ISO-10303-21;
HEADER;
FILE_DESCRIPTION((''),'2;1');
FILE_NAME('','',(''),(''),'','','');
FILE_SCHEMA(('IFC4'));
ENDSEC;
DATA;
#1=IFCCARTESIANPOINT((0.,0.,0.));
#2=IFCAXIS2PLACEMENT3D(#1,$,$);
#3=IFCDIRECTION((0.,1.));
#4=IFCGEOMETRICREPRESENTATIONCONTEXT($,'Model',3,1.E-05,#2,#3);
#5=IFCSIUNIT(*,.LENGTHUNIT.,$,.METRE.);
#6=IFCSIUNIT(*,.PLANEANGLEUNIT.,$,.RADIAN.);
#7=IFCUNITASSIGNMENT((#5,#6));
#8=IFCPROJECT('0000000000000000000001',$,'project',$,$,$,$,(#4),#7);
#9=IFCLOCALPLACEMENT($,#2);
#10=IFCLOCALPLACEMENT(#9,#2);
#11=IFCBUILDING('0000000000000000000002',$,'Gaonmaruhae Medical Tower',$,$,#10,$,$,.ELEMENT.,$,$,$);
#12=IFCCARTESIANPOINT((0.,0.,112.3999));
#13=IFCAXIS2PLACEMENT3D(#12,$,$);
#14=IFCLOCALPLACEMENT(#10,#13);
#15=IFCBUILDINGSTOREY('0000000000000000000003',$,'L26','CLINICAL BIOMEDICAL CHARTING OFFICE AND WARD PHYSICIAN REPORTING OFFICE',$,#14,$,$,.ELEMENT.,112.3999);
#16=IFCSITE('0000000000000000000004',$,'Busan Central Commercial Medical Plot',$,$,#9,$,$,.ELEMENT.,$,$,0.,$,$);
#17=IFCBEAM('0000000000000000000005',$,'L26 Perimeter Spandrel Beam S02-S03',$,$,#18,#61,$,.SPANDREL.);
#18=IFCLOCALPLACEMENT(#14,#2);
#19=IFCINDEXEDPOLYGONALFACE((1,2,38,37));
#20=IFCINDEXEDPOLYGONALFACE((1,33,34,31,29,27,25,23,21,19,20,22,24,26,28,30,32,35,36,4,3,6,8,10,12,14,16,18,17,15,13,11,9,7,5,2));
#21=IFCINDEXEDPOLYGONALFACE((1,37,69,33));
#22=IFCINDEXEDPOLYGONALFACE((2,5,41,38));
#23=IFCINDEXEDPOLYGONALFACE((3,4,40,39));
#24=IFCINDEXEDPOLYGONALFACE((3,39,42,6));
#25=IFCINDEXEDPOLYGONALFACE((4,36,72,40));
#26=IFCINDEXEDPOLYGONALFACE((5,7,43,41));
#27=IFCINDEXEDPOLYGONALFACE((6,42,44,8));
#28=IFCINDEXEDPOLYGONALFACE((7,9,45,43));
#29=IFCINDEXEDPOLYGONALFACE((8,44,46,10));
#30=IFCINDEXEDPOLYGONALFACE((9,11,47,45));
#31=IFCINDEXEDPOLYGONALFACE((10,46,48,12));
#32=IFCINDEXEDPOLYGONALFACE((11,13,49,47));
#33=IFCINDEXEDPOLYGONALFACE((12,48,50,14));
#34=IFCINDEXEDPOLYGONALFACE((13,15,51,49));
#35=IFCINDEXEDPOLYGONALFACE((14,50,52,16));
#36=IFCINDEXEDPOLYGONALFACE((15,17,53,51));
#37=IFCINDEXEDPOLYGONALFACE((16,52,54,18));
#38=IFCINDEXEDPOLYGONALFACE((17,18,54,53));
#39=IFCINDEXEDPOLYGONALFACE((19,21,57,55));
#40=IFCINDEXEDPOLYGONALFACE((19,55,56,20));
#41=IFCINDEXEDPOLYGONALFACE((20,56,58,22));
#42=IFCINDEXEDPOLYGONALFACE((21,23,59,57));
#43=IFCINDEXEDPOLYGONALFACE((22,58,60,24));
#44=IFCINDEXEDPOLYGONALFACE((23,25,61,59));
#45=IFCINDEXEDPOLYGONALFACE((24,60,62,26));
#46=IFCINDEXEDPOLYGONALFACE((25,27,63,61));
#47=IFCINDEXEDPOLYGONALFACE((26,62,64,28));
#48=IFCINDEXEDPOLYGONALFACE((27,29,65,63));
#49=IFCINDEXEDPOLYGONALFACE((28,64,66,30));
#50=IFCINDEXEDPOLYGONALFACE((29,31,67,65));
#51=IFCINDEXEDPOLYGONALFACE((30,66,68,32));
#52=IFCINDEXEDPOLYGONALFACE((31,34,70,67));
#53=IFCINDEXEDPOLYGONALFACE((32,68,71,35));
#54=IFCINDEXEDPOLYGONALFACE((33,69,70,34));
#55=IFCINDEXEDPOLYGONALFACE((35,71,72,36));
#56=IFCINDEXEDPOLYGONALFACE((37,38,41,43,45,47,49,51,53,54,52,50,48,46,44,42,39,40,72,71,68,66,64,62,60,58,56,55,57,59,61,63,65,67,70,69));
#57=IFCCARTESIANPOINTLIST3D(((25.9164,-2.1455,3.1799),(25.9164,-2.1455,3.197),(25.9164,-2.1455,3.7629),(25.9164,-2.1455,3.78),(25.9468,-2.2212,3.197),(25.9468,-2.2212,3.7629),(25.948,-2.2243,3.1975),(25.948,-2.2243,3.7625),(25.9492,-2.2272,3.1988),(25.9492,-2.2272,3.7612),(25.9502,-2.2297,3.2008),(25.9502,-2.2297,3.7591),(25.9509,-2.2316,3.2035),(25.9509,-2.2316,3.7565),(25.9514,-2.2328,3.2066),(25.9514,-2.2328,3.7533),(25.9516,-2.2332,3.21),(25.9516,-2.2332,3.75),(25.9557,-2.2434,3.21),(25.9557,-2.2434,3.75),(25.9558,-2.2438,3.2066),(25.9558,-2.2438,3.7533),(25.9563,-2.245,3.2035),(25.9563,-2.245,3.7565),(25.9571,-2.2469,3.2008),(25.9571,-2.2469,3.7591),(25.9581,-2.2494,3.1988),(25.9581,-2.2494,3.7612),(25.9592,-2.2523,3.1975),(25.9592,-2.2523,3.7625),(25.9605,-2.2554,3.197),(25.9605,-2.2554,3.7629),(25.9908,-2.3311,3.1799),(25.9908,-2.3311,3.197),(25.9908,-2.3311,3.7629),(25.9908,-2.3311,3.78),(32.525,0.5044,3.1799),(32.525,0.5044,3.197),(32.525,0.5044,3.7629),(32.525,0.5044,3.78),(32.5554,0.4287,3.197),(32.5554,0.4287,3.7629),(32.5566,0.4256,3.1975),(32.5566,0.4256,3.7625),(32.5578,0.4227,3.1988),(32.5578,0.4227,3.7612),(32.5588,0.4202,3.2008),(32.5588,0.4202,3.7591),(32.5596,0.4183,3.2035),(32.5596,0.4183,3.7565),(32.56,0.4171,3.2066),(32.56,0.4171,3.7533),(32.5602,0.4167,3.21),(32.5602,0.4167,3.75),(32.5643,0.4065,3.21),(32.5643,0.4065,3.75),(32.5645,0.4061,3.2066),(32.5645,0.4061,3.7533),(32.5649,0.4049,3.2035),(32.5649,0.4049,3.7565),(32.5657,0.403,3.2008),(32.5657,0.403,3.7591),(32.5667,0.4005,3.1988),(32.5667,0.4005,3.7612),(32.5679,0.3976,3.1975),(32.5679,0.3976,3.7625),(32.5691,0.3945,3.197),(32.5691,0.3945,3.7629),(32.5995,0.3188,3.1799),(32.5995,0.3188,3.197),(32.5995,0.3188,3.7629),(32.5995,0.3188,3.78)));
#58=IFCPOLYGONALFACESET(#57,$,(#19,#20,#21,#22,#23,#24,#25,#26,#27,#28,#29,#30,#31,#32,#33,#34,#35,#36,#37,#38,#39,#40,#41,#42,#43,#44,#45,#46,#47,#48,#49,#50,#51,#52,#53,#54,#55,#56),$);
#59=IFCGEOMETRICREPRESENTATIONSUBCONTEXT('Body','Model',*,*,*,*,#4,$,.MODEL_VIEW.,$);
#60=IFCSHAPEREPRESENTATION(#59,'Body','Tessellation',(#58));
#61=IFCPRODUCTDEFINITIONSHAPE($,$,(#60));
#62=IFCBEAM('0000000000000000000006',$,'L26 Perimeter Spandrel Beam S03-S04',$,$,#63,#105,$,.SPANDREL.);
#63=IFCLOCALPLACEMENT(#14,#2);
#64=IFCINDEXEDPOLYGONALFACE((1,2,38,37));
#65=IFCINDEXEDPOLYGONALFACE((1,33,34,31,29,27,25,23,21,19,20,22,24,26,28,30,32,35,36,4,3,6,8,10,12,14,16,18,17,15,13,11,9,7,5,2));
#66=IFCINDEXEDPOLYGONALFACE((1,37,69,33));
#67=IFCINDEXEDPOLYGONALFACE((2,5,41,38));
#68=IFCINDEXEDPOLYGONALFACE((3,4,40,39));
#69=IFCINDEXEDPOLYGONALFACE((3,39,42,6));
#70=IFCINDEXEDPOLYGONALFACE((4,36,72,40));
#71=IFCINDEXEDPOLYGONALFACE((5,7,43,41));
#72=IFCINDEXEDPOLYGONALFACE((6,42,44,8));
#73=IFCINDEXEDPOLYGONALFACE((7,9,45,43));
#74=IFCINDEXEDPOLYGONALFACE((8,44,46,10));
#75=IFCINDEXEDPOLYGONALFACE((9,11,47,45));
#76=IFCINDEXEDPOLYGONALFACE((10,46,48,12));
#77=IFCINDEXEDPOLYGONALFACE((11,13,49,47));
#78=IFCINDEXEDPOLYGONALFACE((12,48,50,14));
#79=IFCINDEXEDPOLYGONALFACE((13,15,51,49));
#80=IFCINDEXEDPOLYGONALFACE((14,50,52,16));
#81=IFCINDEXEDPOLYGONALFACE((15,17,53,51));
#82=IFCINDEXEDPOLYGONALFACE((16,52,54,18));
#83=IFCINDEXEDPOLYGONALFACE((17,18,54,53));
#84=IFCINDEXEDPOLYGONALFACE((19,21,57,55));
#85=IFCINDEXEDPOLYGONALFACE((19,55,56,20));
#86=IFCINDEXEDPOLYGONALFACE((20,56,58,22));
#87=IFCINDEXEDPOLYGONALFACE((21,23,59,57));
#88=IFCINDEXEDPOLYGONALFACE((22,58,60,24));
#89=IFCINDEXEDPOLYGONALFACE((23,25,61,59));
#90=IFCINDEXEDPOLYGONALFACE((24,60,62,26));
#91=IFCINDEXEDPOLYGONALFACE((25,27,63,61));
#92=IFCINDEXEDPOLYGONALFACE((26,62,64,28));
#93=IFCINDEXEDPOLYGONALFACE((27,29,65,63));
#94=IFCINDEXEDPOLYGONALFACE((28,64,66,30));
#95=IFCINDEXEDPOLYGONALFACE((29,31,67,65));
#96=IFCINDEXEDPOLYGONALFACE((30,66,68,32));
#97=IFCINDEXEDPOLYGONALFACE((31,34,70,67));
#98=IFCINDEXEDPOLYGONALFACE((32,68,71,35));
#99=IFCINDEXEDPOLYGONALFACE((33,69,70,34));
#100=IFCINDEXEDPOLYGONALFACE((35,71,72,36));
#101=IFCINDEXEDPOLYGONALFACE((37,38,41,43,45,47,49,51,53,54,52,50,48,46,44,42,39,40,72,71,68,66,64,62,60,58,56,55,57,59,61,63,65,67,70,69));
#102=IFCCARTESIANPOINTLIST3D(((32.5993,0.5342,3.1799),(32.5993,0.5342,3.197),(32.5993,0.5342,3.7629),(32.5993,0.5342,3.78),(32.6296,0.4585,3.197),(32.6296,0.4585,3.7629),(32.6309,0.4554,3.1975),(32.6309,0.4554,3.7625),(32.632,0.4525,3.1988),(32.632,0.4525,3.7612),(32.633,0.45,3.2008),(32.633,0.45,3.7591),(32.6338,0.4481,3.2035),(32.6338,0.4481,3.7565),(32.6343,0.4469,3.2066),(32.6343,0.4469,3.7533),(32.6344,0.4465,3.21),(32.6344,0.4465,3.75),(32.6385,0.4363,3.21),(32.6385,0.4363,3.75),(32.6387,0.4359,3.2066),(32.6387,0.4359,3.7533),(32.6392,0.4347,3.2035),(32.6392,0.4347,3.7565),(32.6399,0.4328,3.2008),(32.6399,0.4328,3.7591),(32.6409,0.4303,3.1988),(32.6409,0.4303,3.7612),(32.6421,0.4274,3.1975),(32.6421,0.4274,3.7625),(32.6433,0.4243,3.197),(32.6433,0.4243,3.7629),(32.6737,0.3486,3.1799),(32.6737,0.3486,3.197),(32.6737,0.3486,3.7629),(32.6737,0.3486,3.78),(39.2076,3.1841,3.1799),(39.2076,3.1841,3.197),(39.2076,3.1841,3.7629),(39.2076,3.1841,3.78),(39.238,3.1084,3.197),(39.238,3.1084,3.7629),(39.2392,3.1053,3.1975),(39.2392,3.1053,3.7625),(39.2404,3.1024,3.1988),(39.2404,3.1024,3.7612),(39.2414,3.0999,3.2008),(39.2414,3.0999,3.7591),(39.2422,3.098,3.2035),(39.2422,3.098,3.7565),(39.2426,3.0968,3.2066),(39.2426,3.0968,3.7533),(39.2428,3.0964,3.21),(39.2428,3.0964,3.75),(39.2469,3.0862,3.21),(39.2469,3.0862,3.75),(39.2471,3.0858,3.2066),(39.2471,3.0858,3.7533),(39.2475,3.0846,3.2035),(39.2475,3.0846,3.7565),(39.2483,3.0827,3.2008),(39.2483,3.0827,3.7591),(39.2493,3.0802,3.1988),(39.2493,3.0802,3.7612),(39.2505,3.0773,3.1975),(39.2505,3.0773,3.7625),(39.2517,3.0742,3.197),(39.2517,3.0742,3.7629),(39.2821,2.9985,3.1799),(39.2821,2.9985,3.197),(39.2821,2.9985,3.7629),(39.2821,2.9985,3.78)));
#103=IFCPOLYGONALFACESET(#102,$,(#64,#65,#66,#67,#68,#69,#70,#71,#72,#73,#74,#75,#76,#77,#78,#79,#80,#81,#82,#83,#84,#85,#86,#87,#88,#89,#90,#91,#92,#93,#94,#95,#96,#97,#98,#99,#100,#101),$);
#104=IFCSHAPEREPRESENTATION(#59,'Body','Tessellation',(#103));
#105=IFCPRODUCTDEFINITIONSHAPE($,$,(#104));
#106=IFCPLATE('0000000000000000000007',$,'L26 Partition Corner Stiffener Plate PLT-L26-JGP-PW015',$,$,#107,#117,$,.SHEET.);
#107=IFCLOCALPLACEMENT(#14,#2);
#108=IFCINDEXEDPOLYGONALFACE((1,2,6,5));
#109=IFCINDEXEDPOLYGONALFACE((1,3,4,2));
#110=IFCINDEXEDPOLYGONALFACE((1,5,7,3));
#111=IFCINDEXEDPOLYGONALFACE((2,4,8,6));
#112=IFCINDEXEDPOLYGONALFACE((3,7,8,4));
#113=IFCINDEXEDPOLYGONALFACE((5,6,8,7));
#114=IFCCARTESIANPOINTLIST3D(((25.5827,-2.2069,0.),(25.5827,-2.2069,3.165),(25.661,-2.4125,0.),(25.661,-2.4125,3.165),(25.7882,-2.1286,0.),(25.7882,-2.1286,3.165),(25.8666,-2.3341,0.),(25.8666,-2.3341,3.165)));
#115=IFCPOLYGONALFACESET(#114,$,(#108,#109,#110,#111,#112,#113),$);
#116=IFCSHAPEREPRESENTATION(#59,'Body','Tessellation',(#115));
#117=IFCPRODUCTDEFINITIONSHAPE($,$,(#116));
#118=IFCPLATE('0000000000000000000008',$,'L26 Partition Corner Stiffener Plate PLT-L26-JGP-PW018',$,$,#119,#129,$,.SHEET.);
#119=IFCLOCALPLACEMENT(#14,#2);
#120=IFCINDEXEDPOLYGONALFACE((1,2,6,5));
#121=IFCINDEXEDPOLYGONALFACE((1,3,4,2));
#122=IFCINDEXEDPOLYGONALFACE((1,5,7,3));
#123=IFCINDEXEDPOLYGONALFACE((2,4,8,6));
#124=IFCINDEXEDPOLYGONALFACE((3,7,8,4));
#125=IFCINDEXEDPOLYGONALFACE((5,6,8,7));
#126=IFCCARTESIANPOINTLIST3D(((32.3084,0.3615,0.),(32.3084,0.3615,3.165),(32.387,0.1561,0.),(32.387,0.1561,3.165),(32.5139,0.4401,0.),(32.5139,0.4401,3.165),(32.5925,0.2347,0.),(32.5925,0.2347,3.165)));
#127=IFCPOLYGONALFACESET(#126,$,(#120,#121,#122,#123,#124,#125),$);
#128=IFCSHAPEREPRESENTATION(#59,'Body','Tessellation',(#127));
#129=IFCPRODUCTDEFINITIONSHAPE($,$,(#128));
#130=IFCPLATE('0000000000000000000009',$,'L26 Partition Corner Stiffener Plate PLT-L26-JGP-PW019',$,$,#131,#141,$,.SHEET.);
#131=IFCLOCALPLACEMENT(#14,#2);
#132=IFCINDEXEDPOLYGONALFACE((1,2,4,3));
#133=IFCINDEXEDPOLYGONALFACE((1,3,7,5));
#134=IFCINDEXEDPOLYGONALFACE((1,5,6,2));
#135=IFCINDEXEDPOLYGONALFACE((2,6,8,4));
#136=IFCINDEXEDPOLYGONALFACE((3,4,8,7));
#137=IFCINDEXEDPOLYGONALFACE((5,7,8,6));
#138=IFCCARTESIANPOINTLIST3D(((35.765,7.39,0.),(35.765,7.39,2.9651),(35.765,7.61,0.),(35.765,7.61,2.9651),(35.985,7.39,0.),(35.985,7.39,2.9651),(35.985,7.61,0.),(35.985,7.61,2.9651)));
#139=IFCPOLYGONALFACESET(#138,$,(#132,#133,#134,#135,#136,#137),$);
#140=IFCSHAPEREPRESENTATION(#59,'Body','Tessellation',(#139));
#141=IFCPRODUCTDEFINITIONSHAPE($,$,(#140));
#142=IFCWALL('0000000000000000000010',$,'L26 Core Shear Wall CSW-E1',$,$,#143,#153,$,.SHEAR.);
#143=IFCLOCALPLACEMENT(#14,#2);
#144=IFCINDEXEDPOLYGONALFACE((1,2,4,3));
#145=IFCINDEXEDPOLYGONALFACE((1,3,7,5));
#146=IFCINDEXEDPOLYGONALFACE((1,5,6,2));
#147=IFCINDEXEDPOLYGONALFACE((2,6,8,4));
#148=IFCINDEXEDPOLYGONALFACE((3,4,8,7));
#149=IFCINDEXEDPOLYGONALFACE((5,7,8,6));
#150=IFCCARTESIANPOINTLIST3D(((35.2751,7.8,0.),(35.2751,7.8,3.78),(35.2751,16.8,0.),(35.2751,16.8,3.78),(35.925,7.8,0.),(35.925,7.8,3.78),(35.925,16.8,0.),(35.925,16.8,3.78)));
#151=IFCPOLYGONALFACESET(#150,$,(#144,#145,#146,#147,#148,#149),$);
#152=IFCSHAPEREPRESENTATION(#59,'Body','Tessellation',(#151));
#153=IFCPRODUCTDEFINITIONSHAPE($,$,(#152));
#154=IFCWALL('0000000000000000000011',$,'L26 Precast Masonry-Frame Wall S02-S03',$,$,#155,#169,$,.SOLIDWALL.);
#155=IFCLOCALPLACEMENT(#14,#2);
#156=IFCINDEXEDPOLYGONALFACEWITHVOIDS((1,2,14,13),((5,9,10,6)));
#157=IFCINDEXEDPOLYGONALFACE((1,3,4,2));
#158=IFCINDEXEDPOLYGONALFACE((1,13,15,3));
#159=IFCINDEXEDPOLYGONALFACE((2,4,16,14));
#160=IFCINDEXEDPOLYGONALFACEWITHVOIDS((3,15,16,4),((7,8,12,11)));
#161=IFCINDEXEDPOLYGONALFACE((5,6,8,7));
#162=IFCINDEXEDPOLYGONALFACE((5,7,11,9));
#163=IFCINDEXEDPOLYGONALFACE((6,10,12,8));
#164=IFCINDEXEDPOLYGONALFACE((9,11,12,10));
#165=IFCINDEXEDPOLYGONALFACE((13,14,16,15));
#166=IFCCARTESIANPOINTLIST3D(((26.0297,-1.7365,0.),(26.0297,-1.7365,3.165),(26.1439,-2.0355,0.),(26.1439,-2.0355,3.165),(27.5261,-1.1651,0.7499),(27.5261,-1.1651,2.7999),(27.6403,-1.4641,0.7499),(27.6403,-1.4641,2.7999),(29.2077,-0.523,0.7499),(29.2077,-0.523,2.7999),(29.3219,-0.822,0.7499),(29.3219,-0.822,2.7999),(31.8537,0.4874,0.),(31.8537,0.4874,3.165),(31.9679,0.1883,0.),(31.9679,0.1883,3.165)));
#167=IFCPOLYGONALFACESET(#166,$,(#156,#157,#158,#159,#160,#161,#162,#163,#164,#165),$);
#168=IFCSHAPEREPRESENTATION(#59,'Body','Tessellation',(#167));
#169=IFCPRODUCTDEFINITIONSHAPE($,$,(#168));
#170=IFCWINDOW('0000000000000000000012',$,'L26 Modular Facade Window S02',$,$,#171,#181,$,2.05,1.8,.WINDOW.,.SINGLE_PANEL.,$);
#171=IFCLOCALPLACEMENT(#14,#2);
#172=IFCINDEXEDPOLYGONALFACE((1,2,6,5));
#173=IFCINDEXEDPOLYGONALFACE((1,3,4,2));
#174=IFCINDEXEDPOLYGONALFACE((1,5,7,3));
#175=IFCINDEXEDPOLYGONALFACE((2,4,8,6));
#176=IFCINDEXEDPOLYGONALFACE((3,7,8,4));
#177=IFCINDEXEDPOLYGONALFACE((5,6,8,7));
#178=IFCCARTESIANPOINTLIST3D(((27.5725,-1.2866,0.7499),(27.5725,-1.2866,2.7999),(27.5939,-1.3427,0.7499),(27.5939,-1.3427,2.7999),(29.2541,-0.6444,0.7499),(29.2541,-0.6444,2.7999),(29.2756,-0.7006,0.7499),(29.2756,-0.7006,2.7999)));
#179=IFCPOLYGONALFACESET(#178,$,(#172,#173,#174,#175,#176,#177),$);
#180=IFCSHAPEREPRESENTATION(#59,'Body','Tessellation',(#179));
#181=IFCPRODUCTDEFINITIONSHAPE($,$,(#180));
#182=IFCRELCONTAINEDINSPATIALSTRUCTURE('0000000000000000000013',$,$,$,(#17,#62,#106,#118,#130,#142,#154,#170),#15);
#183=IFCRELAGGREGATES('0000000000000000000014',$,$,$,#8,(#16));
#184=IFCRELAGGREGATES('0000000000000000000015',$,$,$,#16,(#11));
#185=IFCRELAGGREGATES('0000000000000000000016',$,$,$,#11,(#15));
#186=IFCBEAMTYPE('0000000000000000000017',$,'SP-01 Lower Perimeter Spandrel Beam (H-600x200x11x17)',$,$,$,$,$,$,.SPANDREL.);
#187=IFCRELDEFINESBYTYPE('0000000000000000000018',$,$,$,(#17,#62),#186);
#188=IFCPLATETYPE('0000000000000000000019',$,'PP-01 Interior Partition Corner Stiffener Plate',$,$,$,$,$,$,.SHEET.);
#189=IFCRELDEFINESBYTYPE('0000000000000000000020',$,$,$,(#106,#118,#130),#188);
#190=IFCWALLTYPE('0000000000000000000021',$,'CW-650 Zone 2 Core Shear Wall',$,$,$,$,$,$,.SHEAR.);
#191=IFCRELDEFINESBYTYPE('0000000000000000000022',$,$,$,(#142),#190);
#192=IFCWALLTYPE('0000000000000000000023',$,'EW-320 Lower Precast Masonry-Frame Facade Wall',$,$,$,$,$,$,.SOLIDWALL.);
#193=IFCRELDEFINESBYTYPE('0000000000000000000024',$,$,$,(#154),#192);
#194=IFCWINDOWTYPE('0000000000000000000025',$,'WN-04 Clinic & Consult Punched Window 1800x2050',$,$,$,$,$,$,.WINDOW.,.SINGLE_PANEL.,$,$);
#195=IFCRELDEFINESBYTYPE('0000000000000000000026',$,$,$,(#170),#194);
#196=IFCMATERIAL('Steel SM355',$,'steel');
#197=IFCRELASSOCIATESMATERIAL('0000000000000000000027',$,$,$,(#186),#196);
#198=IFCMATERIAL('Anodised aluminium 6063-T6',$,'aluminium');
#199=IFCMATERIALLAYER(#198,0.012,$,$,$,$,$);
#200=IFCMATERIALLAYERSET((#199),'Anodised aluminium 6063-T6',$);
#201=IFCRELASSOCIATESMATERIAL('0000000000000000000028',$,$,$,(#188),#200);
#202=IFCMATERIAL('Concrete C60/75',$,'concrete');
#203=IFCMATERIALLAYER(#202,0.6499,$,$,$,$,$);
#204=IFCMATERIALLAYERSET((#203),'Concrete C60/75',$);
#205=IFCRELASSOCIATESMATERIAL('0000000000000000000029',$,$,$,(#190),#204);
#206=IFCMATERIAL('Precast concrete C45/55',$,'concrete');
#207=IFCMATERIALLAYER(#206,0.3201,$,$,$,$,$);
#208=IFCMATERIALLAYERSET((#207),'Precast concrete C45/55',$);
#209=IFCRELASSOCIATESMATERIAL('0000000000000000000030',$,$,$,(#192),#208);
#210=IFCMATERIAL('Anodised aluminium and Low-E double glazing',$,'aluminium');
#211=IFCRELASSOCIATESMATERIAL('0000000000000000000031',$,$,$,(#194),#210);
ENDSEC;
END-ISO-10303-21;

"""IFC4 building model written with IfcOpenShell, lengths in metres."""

from ifc_helpers import new_model, si_unit, direction, frame, frame_2d, origin, origin_2d, place, context, subcontext, project, spatial, rectangle, i_section, extrude, material, layer, layer_set, material_profile, profile_set, type_object, element, fill, save


model = new_model("IFC4")

# Units and contexts
model_context = context("Model", 3, precision=1e-05, world=origin(), true_north=direction((0.0, 1.0)))
body_context = subcontext(model_context, "Body", "Model", "MODEL_VIEW")
ifc_project = project(units=[si_unit("LENGTHUNIT", "METRE"), si_unit("PLANEANGLEUNIT", "RADIAN")], contexts=[model_context])

# Site, building, storey
site_placement = place(None, origin())
site = spatial("IfcSite", under=ifc_project, at=site_placement, Name="Busan Central Commercial Medical Plot", CompositionType="ELEMENT", RefElevation=0.0)
building_placement = place(site_placement, origin())
building = spatial("IfcBuilding", under=site, at=building_placement, Name="Gaonmaruhae Medical Tower", CompositionType="ELEMENT")
storey_placement = place(building_placement, frame((0.0, 0.0, 112.3999)))
storey = spatial("IfcBuildingStorey", under=building, at=storey_placement, Name="L26", Description="CLINICAL BIOMEDICAL CHARTING OFFICE AND WARD PHYSICIAN REPORTING OFFICE", CompositionType="ELEMENT", Elevation=112.3999)

# Shared definitions
ifc_material_1 = material(Name="Concrete C60/75", Category="concrete")

# Beams
ifc_material_2 = material(Name="Steel SM355", Category="steel")
ifc_material_profile_1 = material_profile(ifc_material_2, i_section(OverallWidth=0.2, OverallDepth=0.6001, WebThickness=0.011, FlangeThickness=0.0171, FilletRadius=0.0129, at=origin_2d()), Name="H-600x200x11x17")
ifc_profile_set_1 = profile_set([ifc_material_profile_1], Name="Steel SM355")
beam_type_1 = type_object("IfcBeamType", Name="SP-01 Lower Perimeter Spandrel Beam (H-600x200x11x17)", PredefinedType="SPANDREL", material=ifc_profile_set_1)
beam_1_placement = place(storey_placement, frame((25.9536, -2.2383, 3.48), z_axis=(0.928164, 0.372171, 0.0), x_axis=(-0.372171, 0.928164, 0.0)))
element("IfcBeam", 1, at=beam_1_placement, inside=storey, type_object=beam_type_1, Name="L26 Perimeter Spandrel Beam S02-S03", PredefinedType="SPANDREL", context=body_context, shape_type="SweptSolid", body=[
    extrude(i_section(OverallWidth=0.2, OverallDepth=0.6001, WebThickness=0.011, FlangeThickness=0.0171, FilletRadius=0.0129, at=origin_2d()), origin(), (0.0, 0.0, 1.0), 7.1201),
])
beam_2_placement = place(storey_placement, frame((32.6365, 0.4414, 3.48), z_axis=(0.928159, 0.372183, 0.0), x_axis=(-0.372183, 0.928159, 0.0)))
element("IfcBeam", 2, at=beam_2_placement, inside=storey, type_object=beam_type_1, Name="L26 Perimeter Spandrel Beam S03-S04", PredefinedType="SPANDREL", context=body_context, shape_type="SweptSolid", body=[
    extrude(i_section(OverallWidth=0.2, OverallDepth=0.6001, WebThickness=0.011, FlangeThickness=0.0171, FilletRadius=0.0129, at=origin_2d()), origin(), (0.0, 0.0, 1.0), 7.1199),
])

# Plates
ifc_material_3 = material(Name="Anodised aluminium 6063-T6", Category="aluminium")
ifc_layer_1 = layer(ifc_material_3, 0.012)
ifc_layer_set_1 = layer_set([ifc_layer_1], Name="Anodised aluminium 6063-T6")
plate_type = type_object("IfcPlateType", Name="PP-01 Interior Partition Corner Stiffener Plate", PredefinedType="SHEET", material=ifc_layer_set_1)
for number, where, z_axis, x_axis, name in (
    (3, (25.7246, -2.2705, 0.0), (0.0, 0.0, 1.0), (-0.934372, -0.356298, 0.0), "L26 Partition Corner Stiffener Plate PLT-L26-JGP-PW015"),
    (4, (32.4504, 0.2981, 0.0), (0.0, 0.0, 1.0), (-0.933999, -0.357276, 0.0), "L26 Partition Corner Stiffener Plate PLT-L26-JGP-PW018"),
):
    element("IfcPlate", number, at=place(storey_placement, frame(where, z_axis=z_axis, x_axis=x_axis)), inside=storey, type_object=plate_type, Name=name, PredefinedType="SHEET", context=body_context, shape_type="SweptSolid", body=[
        extrude(rectangle(XDim=0.22, YDim=0.22, at=origin_2d()), origin(), (0.0, 0.0, 1.0), 3.165),
    ])
plate_placement = place(storey_placement, frame((35.875, 7.5, 0.0), z_axis=(0.0, 0.0, 1.0), x_axis=(1.0, 0.0, 0.0)))
element("IfcPlate", 5, at=plate_placement, inside=storey, type_object=plate_type, Name="L26 Partition Corner Stiffener Plate PLT-L26-JGP-PW019", PredefinedType="SHEET", context=body_context, shape_type="SweptSolid", body=[
    extrude(rectangle(XDim=0.22, YDim=0.22, at=origin_2d()), origin(), (0.0, 0.0, 1.0), 2.9651),
])

# Wall
ifc_layer_2 = layer(ifc_material_1, 0.6499)
ifc_layer_set_2 = layer_set([ifc_layer_2], Name="Concrete C60/75")
wall_type_1 = type_object("IfcWallType", Name="CW-650 Zone 2 Core Shear Wall", PredefinedType="SHEAR", material=ifc_layer_set_2)
wall_1_placement = place(storey_placement, frame((35.6001, 7.8, 0.0), z_axis=(0.0, 0.0, 1.0), x_axis=(0.0, 1.0, 0.0)))
element("IfcWall", 6, at=wall_1_placement, inside=storey, type_object=wall_type_1, Name="L26 Core Shear Wall CSW-E1", PredefinedType="SHEAR", context=body_context, shape_type="SweptSolid", body=[
    extrude(rectangle(XDim=9.0, YDim=0.6499, at=frame_2d((4.5, 0.0))), origin(), (0.0, 0.0, 1.0), 3.78),
])

# Wall, opening, window
ifc_material_4 = material(Name="Precast concrete C45/55", Category="concrete")
ifc_layer_3 = layer(ifc_material_4, 0.3201)
ifc_layer_set_3 = layer_set([ifc_layer_3], Name="Precast concrete C45/55")
wall_type_2 = type_object("IfcWallType", Name="EW-320 Lower Precast Masonry-Frame Facade Wall", PredefinedType="SOLIDWALL", material=ifc_layer_set_3)
wall_2_placement = place(storey_placement, frame((31.9109, 0.3379, 0.0), z_axis=(0.0, 0.0, 1.0), x_axis=(-0.934209, -0.356726, 0.0)))
wall_2 = element("IfcWall", 7, at=wall_2_placement, inside=storey, type_object=wall_type_2, Name="L26 Precast Masonry-Frame Wall S02-S03", PredefinedType="SOLIDWALL", context=body_context, shape_type="SweptSolid", body=[
    extrude(rectangle(XDim=6.2341, YDim=0.3201, at=frame_2d((3.1172, 0.0))), origin(), (0.0, 0.0, 1.0), 3.165),
])
opening_1_placement = place(wall_2_placement, frame((2.8325, 0.0, 0.75)))
opening_1 = element("IfcOpeningElement", 8, at=opening_1_placement, cuts=wall_2, PredefinedType="OPENING", context=body_context, shape_type="SweptSolid", body=[
    extrude(rectangle(XDim=1.8, YDim=2.05, at=frame_2d((0.8999, 1.0249))), frame((0.0, 0.1699, 0.0), z_axis=(0.0, -1.0, 0.0), x_axis=(1.0, 0.0, 0.0)), (0.0, 0.0, 1.0), 0.3401),
])
ifc_material_5 = material(Name="Anodised aluminium and Low-E double glazing", Category="aluminium")
window_type = type_object("IfcWindowType", Name="WN-04 Clinic & Consult Punched Window 1800x2050", PartitioningType="SINGLE_PANEL", PredefinedType="WINDOW", material=ifc_material_5)
window_placement = place(opening_1_placement, origin())
window = element("IfcWindow", 9, at=window_placement, inside=storey, type_object=window_type, Name="L26 Modular Facade Window S02", OverallHeight=2.05, OverallWidth=1.8, PartitioningType="SINGLE_PANEL", PredefinedType="WINDOW", context=body_context, shape_type="SweptSolid", body=[
    extrude(rectangle(XDim=1.8, YDim=2.05, at=frame_2d((0.8999, 1.0249))), frame((0.0, 0.03, 0.0), z_axis=(0.0, -1.0, 0.0), x_axis=(1.0, 0.0, 0.0)), (0.0, 0.0, 1.0), 0.0601),
])
fill(opening_1, window)

save(model, "model.ifc")
